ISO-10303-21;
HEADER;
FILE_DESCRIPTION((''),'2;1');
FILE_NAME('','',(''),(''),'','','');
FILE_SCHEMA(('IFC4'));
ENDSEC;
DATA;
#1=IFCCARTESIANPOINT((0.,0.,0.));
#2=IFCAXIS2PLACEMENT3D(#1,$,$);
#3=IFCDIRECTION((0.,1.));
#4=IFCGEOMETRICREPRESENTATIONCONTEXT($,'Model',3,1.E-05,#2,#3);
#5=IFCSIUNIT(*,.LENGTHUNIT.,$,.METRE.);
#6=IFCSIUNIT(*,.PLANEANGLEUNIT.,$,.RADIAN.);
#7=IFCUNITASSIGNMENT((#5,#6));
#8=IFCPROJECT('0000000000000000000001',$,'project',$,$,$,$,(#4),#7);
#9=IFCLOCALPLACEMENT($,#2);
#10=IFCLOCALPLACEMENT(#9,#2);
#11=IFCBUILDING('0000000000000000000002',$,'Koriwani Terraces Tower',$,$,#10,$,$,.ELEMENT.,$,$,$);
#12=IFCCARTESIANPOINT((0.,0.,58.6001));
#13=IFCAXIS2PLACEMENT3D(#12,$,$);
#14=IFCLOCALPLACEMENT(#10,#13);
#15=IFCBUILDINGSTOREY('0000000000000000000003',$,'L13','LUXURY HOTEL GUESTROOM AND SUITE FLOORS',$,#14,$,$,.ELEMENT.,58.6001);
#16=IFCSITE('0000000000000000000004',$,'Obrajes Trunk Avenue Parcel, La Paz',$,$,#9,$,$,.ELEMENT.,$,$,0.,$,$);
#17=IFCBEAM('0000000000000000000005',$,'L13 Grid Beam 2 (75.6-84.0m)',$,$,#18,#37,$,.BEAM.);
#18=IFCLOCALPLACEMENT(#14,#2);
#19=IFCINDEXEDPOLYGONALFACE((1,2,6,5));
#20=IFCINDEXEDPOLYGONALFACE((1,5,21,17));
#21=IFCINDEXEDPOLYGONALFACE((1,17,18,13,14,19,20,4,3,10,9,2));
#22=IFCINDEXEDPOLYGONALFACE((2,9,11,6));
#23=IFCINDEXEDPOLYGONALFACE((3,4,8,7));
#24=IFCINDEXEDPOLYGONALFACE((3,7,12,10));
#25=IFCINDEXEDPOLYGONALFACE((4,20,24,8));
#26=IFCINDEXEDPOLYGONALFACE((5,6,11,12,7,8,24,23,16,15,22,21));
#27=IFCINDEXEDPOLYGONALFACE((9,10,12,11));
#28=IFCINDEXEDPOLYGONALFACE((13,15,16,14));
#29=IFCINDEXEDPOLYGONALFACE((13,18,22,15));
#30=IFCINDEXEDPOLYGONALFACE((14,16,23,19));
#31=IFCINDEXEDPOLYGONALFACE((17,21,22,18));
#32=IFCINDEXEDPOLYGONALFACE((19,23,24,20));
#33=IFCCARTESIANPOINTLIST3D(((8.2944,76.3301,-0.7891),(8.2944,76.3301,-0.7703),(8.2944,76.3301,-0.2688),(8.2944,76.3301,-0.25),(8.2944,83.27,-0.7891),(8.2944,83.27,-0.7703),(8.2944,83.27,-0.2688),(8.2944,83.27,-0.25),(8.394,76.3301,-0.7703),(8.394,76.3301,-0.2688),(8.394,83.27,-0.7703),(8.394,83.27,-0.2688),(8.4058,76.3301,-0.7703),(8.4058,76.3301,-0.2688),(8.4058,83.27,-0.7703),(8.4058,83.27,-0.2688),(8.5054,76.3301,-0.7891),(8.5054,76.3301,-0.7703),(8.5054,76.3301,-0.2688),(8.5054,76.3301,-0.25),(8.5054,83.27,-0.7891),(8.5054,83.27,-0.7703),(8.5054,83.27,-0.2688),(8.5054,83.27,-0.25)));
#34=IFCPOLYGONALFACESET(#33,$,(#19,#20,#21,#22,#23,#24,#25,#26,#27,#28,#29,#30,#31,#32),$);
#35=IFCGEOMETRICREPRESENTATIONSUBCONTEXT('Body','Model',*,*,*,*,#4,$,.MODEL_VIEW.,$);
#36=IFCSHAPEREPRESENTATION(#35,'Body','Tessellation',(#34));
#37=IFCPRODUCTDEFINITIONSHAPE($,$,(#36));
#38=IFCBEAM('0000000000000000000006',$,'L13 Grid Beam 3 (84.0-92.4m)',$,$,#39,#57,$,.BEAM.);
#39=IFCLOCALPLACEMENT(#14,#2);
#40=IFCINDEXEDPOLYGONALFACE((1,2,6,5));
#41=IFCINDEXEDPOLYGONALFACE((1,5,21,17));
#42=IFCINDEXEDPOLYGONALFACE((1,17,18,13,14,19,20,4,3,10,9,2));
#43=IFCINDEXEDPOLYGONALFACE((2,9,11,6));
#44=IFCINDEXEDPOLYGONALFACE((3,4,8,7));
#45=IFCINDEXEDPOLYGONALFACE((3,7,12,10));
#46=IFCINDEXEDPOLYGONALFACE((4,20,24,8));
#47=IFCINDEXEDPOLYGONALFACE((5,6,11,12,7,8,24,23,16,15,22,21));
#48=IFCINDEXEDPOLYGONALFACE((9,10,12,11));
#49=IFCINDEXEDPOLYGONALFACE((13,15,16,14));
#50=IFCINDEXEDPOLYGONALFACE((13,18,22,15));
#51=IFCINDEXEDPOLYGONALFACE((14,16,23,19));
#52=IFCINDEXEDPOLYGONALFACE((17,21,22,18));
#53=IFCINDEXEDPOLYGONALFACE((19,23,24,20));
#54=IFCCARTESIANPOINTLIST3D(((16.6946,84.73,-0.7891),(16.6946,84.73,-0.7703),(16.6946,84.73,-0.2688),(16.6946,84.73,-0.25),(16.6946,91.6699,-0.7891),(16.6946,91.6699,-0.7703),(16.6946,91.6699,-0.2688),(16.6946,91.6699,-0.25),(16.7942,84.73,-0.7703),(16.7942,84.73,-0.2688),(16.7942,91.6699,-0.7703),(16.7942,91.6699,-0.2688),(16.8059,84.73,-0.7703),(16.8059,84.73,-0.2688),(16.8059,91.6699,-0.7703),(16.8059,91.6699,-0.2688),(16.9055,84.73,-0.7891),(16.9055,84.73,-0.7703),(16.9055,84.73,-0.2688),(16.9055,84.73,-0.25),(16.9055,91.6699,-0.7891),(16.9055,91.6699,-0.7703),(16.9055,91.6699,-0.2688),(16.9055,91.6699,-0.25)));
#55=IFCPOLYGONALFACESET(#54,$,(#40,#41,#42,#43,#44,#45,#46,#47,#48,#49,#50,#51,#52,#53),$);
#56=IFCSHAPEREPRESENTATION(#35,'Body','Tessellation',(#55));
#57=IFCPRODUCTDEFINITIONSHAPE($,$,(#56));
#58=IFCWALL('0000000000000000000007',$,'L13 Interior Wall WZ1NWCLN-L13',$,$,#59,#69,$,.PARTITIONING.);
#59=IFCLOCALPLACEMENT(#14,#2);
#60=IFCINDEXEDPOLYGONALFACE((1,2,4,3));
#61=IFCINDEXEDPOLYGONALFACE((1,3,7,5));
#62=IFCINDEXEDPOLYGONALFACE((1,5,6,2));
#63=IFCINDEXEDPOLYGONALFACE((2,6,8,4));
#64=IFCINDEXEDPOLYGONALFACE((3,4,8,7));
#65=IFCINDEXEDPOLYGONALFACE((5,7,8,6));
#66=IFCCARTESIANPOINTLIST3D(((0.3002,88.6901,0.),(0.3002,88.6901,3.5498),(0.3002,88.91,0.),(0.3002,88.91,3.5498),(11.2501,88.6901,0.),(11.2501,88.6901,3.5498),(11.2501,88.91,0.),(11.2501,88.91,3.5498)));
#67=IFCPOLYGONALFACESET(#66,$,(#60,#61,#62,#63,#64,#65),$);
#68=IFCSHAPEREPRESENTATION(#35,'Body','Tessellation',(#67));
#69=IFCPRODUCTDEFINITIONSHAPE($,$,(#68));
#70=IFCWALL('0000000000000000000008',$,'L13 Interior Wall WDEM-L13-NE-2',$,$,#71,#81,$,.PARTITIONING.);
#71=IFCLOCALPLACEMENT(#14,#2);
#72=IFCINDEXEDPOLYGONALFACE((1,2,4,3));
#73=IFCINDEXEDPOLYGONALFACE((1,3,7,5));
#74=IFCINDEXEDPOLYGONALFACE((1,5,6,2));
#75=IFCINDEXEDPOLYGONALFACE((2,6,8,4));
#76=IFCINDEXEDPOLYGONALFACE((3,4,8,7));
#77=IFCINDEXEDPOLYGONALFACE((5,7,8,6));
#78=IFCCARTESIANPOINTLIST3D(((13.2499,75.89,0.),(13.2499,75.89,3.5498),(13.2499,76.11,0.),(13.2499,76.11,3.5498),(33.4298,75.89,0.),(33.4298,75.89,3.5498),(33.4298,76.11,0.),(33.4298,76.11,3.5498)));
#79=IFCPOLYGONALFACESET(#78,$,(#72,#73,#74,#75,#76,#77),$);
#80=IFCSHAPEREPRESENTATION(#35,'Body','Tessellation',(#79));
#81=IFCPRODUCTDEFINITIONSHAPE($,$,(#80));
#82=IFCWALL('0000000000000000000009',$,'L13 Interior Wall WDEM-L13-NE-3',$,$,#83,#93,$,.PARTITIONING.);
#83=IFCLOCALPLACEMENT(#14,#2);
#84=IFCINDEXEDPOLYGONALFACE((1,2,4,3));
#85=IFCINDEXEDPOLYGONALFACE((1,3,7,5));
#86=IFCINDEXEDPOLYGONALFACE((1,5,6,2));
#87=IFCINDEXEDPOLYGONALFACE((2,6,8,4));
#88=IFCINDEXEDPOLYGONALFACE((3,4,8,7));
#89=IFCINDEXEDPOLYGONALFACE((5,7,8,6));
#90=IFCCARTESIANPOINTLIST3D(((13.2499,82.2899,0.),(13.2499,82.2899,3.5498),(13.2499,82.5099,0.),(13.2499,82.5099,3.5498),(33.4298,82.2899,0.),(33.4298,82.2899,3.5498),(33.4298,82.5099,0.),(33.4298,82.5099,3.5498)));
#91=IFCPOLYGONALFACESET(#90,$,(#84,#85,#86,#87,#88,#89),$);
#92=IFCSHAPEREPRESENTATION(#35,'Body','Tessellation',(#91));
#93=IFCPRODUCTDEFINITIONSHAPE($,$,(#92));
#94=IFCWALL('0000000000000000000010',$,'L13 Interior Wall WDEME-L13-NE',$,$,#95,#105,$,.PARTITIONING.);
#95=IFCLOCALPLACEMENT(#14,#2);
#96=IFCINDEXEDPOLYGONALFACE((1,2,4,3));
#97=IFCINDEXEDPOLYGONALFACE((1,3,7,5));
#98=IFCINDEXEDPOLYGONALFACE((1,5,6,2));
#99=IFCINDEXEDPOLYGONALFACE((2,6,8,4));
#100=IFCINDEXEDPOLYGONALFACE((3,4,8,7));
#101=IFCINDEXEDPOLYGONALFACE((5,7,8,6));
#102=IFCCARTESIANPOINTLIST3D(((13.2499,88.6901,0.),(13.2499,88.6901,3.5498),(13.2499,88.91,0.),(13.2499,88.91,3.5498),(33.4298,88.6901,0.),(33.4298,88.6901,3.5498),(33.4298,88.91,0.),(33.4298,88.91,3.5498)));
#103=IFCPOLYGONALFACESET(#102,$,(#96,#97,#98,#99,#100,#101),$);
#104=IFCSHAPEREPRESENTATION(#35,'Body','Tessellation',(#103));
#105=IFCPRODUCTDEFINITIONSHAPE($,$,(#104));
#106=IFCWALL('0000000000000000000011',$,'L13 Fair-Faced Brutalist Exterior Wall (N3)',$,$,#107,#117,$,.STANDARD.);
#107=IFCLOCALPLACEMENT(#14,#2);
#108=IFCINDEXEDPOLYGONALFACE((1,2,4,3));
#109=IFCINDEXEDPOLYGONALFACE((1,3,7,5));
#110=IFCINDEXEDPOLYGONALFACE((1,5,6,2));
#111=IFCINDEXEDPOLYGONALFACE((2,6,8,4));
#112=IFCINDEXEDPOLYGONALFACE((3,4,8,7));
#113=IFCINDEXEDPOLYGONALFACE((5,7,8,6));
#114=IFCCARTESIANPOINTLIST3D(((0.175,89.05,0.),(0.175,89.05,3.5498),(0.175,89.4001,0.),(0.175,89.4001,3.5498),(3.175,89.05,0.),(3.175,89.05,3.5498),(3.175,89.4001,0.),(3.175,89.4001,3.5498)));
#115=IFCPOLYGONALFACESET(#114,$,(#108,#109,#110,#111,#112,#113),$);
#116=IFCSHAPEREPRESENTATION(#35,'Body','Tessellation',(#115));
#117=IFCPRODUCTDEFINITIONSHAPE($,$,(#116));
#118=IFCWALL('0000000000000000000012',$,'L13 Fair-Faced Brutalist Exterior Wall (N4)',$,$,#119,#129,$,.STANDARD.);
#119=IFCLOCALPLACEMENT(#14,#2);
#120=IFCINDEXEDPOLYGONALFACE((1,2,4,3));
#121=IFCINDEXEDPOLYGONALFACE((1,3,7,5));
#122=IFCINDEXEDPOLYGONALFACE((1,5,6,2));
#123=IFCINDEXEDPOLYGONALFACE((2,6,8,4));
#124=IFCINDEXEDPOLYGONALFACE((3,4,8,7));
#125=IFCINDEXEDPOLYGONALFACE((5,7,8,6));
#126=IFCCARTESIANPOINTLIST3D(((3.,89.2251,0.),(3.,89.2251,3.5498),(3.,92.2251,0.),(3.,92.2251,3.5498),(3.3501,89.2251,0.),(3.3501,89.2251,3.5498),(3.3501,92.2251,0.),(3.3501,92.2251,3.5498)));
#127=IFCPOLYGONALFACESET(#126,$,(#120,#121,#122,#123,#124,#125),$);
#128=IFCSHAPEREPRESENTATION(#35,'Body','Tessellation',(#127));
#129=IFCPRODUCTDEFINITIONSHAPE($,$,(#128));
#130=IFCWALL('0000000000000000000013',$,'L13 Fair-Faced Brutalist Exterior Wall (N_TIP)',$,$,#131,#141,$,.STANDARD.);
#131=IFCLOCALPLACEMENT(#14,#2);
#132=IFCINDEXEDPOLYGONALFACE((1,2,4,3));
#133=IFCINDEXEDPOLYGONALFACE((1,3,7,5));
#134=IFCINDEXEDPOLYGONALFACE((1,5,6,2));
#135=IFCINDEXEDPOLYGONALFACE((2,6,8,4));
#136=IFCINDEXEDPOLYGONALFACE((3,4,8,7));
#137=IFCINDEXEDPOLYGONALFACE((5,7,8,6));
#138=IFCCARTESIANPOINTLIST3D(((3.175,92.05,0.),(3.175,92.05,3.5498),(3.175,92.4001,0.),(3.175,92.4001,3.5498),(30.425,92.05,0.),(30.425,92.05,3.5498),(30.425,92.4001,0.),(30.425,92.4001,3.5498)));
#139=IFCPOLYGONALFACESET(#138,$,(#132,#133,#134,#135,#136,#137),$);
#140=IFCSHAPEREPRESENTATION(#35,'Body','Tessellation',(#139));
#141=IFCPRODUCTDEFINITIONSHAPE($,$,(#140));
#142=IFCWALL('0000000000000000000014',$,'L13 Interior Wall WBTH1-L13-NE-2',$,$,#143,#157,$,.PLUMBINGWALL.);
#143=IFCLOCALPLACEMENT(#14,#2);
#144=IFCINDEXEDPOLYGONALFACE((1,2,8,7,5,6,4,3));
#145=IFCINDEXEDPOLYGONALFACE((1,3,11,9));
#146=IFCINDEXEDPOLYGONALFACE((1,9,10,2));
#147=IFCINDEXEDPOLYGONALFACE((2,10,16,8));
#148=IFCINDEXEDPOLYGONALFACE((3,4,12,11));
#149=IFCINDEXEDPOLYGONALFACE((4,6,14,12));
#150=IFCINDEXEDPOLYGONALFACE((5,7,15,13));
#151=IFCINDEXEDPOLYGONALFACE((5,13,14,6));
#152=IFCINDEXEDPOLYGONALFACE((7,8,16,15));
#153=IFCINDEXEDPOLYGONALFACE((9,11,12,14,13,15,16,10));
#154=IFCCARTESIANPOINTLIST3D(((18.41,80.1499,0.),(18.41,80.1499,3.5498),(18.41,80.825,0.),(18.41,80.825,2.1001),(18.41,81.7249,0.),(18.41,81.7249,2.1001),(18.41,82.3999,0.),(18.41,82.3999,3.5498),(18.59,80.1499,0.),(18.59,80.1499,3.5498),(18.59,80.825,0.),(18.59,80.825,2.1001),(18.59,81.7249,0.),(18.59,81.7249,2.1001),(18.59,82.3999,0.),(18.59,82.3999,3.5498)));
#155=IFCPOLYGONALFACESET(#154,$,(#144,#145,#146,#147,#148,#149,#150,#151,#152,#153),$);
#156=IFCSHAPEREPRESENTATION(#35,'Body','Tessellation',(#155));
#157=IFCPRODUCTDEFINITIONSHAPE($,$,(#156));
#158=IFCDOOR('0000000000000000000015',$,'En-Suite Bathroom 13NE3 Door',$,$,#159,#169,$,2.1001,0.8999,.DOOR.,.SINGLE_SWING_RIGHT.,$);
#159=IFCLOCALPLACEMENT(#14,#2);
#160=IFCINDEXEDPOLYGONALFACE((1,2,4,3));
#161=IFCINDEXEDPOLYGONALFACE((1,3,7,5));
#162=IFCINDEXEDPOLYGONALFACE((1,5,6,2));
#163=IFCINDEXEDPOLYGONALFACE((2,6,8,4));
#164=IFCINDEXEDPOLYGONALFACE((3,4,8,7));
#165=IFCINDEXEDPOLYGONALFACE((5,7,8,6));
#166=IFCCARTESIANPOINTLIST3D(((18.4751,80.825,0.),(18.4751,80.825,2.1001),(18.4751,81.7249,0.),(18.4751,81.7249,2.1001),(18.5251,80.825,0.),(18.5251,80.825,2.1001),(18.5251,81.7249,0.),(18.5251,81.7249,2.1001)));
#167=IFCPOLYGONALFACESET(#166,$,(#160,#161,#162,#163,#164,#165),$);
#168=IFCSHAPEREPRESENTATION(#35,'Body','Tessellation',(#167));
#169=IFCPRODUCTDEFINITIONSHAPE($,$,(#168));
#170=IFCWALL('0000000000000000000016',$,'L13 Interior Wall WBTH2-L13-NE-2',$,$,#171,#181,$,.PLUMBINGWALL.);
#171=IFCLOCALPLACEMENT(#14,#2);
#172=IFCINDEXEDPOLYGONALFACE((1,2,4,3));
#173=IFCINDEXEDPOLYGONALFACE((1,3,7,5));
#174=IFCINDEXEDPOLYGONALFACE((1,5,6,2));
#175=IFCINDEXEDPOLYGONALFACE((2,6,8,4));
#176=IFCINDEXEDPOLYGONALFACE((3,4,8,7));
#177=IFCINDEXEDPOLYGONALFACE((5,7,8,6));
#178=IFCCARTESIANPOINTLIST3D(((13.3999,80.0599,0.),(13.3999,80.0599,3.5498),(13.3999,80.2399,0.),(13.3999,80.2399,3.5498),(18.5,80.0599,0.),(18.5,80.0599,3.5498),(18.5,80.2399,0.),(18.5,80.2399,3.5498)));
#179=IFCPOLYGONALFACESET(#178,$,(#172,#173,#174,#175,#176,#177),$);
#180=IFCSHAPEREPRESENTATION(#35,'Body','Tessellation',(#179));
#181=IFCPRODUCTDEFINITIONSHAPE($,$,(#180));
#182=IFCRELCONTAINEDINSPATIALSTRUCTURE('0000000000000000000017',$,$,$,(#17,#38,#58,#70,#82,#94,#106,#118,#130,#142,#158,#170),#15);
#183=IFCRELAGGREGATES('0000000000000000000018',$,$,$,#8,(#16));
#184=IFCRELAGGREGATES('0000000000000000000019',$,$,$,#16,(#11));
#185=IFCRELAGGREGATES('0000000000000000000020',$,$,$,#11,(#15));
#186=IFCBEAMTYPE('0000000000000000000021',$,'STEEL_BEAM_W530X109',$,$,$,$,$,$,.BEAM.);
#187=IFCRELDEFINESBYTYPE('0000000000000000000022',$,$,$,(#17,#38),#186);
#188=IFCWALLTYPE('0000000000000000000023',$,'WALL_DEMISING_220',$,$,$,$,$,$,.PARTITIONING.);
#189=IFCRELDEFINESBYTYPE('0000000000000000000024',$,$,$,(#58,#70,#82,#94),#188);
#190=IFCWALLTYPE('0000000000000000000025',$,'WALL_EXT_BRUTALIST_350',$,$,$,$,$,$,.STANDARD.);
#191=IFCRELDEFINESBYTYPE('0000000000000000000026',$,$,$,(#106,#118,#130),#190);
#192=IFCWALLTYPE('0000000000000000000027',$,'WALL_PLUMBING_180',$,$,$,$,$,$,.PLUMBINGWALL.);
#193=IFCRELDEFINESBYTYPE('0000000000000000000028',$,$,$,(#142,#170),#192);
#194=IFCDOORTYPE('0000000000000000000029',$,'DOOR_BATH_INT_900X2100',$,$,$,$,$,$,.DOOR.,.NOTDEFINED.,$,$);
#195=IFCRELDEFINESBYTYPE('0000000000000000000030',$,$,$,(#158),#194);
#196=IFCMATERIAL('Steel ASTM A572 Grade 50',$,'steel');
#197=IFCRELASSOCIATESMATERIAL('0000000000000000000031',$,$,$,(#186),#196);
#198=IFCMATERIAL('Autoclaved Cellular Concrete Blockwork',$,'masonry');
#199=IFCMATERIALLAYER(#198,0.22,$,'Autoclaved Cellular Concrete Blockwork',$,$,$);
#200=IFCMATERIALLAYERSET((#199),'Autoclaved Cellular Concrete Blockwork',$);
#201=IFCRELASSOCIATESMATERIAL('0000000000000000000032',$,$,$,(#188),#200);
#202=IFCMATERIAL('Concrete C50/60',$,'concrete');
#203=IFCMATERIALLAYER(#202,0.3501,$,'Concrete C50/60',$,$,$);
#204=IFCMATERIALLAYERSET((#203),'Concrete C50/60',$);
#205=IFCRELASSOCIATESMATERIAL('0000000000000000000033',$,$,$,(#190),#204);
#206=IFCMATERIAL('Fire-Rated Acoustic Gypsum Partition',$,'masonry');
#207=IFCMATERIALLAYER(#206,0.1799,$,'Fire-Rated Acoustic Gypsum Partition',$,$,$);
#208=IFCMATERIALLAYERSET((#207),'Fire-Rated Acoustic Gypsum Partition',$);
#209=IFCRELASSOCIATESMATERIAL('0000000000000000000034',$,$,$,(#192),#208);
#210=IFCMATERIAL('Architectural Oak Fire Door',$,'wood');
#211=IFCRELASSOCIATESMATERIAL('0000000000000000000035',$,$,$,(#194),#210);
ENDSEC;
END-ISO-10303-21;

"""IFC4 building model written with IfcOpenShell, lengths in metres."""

from ifc_helpers import new_model, si_unit, direction, frame, frame_2d, origin, origin_2d, place, context, subcontext, project, spatial, rectangle, i_section, extrude, material, layer, layer_set, material_profile, profile_set, type_object, element, fill, save


model = new_model("IFC4")

# Units and contexts
model_context = context("Model", 3, precision=1e-05, world=origin(), true_north=direction((0.0, 1.0)))
body_context = subcontext(model_context, "Body", "Model", "MODEL_VIEW")
ifc_project = project(units=[si_unit("LENGTHUNIT", "METRE"), si_unit("PLANEANGLEUNIT", "RADIAN")], contexts=[model_context])

# Site, building, storey
site_placement = place(None, origin())
site = spatial("IfcSite", under=ifc_project, at=site_placement, Name="Obrajes Trunk Avenue Parcel, La Paz", CompositionType="ELEMENT", RefElevation=0.0)
building_placement = place(site_placement, origin())
building = spatial("IfcBuilding", under=site, at=building_placement, Name="Koriwani Terraces Tower", CompositionType="ELEMENT")
storey_placement = place(building_placement, frame((0.0, 0.0, 58.6001)))
storey = spatial("IfcBuildingStorey", under=building, at=storey_placement, Name="L13", Description="LUXURY HOTEL GUESTROOM AND SUITE FLOORS", CompositionType="ELEMENT", Elevation=58.6001)

# Beams
ifc_material_1 = material(Name="Concrete C50/60", Category="concrete")
ifc_material_2 = material(Name="Steel ASTM A572 Grade 50", Category="steel")
ifc_material_profile_1 = material_profile(ifc_material_2, i_section(OverallWidth=0.2109, OverallDepth=0.5391, WebThickness=0.0117, FlangeThickness=0.0188, at=origin_2d()), Name="Steel ASTM A572 Grade 50", Category="LoadBearing")
ifc_profile_set_1 = profile_set([ifc_material_profile_1], Name="Steel ASTM A572 Grade 50")
beam_type_1 = type_object("IfcBeamType", Name="STEEL_BEAM_W530X109", PredefinedType="BEAM", material=ifc_profile_set_1)
for number, where, z_axis, x_axis, name in (
    (1, (8.3999, 76.3301, -0.5195), (0.0, 1.0, 0.0), (-1.0, 0.0, 0.0), "L13 Grid Beam 2 (75.6-84.0m)"),
    (2, (16.8, 84.73, -0.5195), (0.0, 1.0, 0.0), (-1.0, 0.0, 0.0), "L13 Grid Beam 3 (84.0-92.4m)"),
):
    element("IfcBeam", number, at=place(storey_placement, frame(where, z_axis=z_axis, x_axis=x_axis)), inside=storey, type_object=beam_type_1, Name=name, PredefinedType="BEAM", context=body_context, shape_type="SweptSolid", body=[
        extrude(i_section(OverallWidth=0.2109, OverallDepth=0.5391, WebThickness=0.0117, FlangeThickness=0.0188, at=origin_2d()), origin(), (0.0, 0.0, 1.0), 6.9399),
    ])

# Walls
ifc_material_3 = material(Name="Autoclaved Cellular Concrete Blockwork", Category="masonry")
ifc_layer_1 = layer(ifc_material_3, 0.22, Name="Autoclaved Cellular Concrete Blockwork")
ifc_layer_set_1 = layer_set([ifc_layer_1], Name="Autoclaved Cellular Concrete Blockwork")
wall_type_1 = type_object("IfcWallType", Name="WALL_DEMISING_220", PredefinedType="PARTITIONING", material=ifc_layer_set_1)
wall_1_placement = place(storey_placement, frame((0.3, 88.8, 0.0), z_axis=(0.0, 0.0, 1.0), x_axis=(1.0, 0.0, 0.0)))
element("IfcWall", 3, at=wall_1_placement, inside=storey, type_object=wall_type_1, Name="L13 Interior Wall WZ1NWCLN-L13", PredefinedType="PARTITIONING", context=body_context, shape_type="SweptSolid", body=[
    extrude(rectangle(XDim=10.95, YDim=0.22, at=frame_2d((5.4751, 0.0))), origin(), (0.0, 0.0, 1.0), 3.5498),
])
for number, where, z_axis, x_axis, name in (
    (4, (13.25, 76.0, 0.0), (0.0, 0.0, 1.0), (1.0, 0.0, 0.0), "L13 Interior Wall WDEM-L13-NE-2"),
    (5, (13.25, 82.3999, 0.0), (0.0, 0.0, 1.0), (1.0, 0.0, 0.0), "L13 Interior Wall WDEM-L13-NE-3"),
    (6, (13.25, 88.8, 0.0), (0.0, 0.0, 1.0), (1.0, 0.0, 0.0), "L13 Interior Wall WDEME-L13-NE"),
):
    element("IfcWall", number, at=place(storey_placement, frame(where, z_axis=z_axis, x_axis=x_axis)), inside=storey, type_object=wall_type_1, Name=name, PredefinedType="PARTITIONING", context=body_context, shape_type="SweptSolid", body=[
        extrude(rectangle(XDim=20.1799, YDim=0.22, at=frame_2d((10.0898, 0.0))), origin(), (0.0, 0.0, 1.0), 3.5498),
    ])
ifc_layer_2 = layer(ifc_material_1, 0.3501, Name="Concrete C50/60")
ifc_layer_set_2 = layer_set([ifc_layer_2], Name="Concrete C50/60")
wall_type_2 = type_object("IfcWallType", Name="WALL_EXT_BRUTALIST_350", PredefinedType="STANDARD", material=ifc_layer_set_2)
for number, where, z_axis, x_axis, name in (
    (7, (0.175, 89.2251, 0.0), (0.0, 0.0, 1.0), (1.0, 0.0, 0.0), "L13 Fair-Faced Brutalist Exterior Wall (N3)"),
    (8, (3.175, 89.2251, 0.0), (0.0, 0.0, 1.0), (0.0, 1.0, 0.0), "L13 Fair-Faced Brutalist Exterior Wall (N4)"),
):
    element("IfcWall", number, at=place(storey_placement, frame(where, z_axis=z_axis, x_axis=x_axis)), inside=storey, type_object=wall_type_2, Name=name, PredefinedType="STANDARD", context=body_context, shape_type="SweptSolid", body=[
        extrude(rectangle(XDim=3.0, YDim=0.3501, at=frame_2d((1.5, 0.0))), origin(), (0.0, 0.0, 1.0), 3.5498),
    ])
wall_2_placement = place(storey_placement, frame((3.175, 92.2251, 0.0), z_axis=(0.0, 0.0, 1.0), x_axis=(1.0, 0.0, 0.0)))
element("IfcWall", 9, at=wall_2_placement, inside=storey, type_object=wall_type_2, Name="L13 Fair-Faced Brutalist Exterior Wall (N_TIP)", PredefinedType="STANDARD", context=body_context, shape_type="SweptSolid", body=[
    extrude(rectangle(XDim=27.25, YDim=0.3501, at=frame_2d((13.625, 0.0))), origin(), (0.0, 0.0, 1.0), 3.5498),
])

# Wall, opening, door
ifc_material_4 = material(Name="Fire-Rated Acoustic Gypsum Partition", Category="masonry")
ifc_layer_3 = layer(ifc_material_4, 0.1799, Name="Fire-Rated Acoustic Gypsum Partition")
ifc_layer_set_3 = layer_set([ifc_layer_3], Name="Fire-Rated Acoustic Gypsum Partition")
wall_type_3 = type_object("IfcWallType", Name="WALL_PLUMBING_180", PredefinedType="PLUMBINGWALL", material=ifc_layer_set_3)
wall_3_placement = place(storey_placement, frame((18.5, 80.1499, 0.0), z_axis=(0.0, 0.0, 1.0), x_axis=(0.0, 1.0, 0.0)))
wall_3 = element("IfcWall", 10, at=wall_3_placement, inside=storey, type_object=wall_type_3, Name="L13 Interior Wall WBTH1-L13-NE-2", PredefinedType="PLUMBINGWALL", context=body_context, shape_type="SweptSolid", body=[
    extrude(rectangle(XDim=2.25, YDim=0.1799, at=frame_2d((1.125, 0.0))), origin(), (0.0, 0.0, 1.0), 3.5498),
])
opening_1_placement = place(wall_3_placement, frame((0.675, 0.0, 0.0)))
opening_1 = element("IfcOpeningElement", 11, at=opening_1_placement, cuts=wall_3, PredefinedType="OPENING", context=body_context, shape_type="SweptSolid", body=[
    extrude(rectangle(XDim=0.8999, YDim=2.1001, at=frame_2d((0.45, 1.05))), frame((0.0, 0.1001, 0.0), z_axis=(0.0, -1.0, 0.0), x_axis=(1.0, 0.0, 0.0)), (0.0, 0.0, 1.0), 0.2),
])
ifc_material_5 = material(Name="Architectural Oak Fire Door", Category="wood")
door_type = type_object("IfcDoorType", Name="DOOR_BATH_INT_900X2100", OperationType="NOTDEFINED", PredefinedType="DOOR", material=ifc_material_5)
door_1_placement = place(opening_1_placement, origin())
door_1 = element("IfcDoor", 12, at=door_1_placement, inside=storey, type_object=door_type, Name="En-Suite Bathroom 13NE3 Door", OperationType="SINGLE_SWING_RIGHT", OverallHeight=2.1001, OverallWidth=0.8999, PredefinedType="DOOR", context=body_context, shape_type="SweptSolid", body=[
    extrude(rectangle(XDim=0.8999, YDim=2.1001, at=frame_2d((0.45, 1.05))), frame((0.0, 0.0249, 0.0), z_axis=(0.0, -1.0, 0.0), x_axis=(1.0, 0.0, 0.0)), (0.0, 0.0, 1.0), 0.05),
])
fill(opening_1, door_1)

# Wall
wall_4_placement = place(storey_placement, frame((13.3999, 80.1499, 0.0), z_axis=(0.0, 0.0, 1.0), x_axis=(1.0, 0.0, 0.0)))
element("IfcWall", 13, at=wall_4_placement, inside=storey, type_object=wall_type_3, Name="L13 Interior Wall WBTH2-L13-NE-2", PredefinedType="PLUMBINGWALL", context=body_context, shape_type="SweptSolid", body=[
    extrude(rectangle(XDim=5.1001, YDim=0.1799, at=frame_2d((2.55, 0.0))), origin(), (0.0, 0.0, 1.0), 3.5498),
])

save(model, "model.ifc")
